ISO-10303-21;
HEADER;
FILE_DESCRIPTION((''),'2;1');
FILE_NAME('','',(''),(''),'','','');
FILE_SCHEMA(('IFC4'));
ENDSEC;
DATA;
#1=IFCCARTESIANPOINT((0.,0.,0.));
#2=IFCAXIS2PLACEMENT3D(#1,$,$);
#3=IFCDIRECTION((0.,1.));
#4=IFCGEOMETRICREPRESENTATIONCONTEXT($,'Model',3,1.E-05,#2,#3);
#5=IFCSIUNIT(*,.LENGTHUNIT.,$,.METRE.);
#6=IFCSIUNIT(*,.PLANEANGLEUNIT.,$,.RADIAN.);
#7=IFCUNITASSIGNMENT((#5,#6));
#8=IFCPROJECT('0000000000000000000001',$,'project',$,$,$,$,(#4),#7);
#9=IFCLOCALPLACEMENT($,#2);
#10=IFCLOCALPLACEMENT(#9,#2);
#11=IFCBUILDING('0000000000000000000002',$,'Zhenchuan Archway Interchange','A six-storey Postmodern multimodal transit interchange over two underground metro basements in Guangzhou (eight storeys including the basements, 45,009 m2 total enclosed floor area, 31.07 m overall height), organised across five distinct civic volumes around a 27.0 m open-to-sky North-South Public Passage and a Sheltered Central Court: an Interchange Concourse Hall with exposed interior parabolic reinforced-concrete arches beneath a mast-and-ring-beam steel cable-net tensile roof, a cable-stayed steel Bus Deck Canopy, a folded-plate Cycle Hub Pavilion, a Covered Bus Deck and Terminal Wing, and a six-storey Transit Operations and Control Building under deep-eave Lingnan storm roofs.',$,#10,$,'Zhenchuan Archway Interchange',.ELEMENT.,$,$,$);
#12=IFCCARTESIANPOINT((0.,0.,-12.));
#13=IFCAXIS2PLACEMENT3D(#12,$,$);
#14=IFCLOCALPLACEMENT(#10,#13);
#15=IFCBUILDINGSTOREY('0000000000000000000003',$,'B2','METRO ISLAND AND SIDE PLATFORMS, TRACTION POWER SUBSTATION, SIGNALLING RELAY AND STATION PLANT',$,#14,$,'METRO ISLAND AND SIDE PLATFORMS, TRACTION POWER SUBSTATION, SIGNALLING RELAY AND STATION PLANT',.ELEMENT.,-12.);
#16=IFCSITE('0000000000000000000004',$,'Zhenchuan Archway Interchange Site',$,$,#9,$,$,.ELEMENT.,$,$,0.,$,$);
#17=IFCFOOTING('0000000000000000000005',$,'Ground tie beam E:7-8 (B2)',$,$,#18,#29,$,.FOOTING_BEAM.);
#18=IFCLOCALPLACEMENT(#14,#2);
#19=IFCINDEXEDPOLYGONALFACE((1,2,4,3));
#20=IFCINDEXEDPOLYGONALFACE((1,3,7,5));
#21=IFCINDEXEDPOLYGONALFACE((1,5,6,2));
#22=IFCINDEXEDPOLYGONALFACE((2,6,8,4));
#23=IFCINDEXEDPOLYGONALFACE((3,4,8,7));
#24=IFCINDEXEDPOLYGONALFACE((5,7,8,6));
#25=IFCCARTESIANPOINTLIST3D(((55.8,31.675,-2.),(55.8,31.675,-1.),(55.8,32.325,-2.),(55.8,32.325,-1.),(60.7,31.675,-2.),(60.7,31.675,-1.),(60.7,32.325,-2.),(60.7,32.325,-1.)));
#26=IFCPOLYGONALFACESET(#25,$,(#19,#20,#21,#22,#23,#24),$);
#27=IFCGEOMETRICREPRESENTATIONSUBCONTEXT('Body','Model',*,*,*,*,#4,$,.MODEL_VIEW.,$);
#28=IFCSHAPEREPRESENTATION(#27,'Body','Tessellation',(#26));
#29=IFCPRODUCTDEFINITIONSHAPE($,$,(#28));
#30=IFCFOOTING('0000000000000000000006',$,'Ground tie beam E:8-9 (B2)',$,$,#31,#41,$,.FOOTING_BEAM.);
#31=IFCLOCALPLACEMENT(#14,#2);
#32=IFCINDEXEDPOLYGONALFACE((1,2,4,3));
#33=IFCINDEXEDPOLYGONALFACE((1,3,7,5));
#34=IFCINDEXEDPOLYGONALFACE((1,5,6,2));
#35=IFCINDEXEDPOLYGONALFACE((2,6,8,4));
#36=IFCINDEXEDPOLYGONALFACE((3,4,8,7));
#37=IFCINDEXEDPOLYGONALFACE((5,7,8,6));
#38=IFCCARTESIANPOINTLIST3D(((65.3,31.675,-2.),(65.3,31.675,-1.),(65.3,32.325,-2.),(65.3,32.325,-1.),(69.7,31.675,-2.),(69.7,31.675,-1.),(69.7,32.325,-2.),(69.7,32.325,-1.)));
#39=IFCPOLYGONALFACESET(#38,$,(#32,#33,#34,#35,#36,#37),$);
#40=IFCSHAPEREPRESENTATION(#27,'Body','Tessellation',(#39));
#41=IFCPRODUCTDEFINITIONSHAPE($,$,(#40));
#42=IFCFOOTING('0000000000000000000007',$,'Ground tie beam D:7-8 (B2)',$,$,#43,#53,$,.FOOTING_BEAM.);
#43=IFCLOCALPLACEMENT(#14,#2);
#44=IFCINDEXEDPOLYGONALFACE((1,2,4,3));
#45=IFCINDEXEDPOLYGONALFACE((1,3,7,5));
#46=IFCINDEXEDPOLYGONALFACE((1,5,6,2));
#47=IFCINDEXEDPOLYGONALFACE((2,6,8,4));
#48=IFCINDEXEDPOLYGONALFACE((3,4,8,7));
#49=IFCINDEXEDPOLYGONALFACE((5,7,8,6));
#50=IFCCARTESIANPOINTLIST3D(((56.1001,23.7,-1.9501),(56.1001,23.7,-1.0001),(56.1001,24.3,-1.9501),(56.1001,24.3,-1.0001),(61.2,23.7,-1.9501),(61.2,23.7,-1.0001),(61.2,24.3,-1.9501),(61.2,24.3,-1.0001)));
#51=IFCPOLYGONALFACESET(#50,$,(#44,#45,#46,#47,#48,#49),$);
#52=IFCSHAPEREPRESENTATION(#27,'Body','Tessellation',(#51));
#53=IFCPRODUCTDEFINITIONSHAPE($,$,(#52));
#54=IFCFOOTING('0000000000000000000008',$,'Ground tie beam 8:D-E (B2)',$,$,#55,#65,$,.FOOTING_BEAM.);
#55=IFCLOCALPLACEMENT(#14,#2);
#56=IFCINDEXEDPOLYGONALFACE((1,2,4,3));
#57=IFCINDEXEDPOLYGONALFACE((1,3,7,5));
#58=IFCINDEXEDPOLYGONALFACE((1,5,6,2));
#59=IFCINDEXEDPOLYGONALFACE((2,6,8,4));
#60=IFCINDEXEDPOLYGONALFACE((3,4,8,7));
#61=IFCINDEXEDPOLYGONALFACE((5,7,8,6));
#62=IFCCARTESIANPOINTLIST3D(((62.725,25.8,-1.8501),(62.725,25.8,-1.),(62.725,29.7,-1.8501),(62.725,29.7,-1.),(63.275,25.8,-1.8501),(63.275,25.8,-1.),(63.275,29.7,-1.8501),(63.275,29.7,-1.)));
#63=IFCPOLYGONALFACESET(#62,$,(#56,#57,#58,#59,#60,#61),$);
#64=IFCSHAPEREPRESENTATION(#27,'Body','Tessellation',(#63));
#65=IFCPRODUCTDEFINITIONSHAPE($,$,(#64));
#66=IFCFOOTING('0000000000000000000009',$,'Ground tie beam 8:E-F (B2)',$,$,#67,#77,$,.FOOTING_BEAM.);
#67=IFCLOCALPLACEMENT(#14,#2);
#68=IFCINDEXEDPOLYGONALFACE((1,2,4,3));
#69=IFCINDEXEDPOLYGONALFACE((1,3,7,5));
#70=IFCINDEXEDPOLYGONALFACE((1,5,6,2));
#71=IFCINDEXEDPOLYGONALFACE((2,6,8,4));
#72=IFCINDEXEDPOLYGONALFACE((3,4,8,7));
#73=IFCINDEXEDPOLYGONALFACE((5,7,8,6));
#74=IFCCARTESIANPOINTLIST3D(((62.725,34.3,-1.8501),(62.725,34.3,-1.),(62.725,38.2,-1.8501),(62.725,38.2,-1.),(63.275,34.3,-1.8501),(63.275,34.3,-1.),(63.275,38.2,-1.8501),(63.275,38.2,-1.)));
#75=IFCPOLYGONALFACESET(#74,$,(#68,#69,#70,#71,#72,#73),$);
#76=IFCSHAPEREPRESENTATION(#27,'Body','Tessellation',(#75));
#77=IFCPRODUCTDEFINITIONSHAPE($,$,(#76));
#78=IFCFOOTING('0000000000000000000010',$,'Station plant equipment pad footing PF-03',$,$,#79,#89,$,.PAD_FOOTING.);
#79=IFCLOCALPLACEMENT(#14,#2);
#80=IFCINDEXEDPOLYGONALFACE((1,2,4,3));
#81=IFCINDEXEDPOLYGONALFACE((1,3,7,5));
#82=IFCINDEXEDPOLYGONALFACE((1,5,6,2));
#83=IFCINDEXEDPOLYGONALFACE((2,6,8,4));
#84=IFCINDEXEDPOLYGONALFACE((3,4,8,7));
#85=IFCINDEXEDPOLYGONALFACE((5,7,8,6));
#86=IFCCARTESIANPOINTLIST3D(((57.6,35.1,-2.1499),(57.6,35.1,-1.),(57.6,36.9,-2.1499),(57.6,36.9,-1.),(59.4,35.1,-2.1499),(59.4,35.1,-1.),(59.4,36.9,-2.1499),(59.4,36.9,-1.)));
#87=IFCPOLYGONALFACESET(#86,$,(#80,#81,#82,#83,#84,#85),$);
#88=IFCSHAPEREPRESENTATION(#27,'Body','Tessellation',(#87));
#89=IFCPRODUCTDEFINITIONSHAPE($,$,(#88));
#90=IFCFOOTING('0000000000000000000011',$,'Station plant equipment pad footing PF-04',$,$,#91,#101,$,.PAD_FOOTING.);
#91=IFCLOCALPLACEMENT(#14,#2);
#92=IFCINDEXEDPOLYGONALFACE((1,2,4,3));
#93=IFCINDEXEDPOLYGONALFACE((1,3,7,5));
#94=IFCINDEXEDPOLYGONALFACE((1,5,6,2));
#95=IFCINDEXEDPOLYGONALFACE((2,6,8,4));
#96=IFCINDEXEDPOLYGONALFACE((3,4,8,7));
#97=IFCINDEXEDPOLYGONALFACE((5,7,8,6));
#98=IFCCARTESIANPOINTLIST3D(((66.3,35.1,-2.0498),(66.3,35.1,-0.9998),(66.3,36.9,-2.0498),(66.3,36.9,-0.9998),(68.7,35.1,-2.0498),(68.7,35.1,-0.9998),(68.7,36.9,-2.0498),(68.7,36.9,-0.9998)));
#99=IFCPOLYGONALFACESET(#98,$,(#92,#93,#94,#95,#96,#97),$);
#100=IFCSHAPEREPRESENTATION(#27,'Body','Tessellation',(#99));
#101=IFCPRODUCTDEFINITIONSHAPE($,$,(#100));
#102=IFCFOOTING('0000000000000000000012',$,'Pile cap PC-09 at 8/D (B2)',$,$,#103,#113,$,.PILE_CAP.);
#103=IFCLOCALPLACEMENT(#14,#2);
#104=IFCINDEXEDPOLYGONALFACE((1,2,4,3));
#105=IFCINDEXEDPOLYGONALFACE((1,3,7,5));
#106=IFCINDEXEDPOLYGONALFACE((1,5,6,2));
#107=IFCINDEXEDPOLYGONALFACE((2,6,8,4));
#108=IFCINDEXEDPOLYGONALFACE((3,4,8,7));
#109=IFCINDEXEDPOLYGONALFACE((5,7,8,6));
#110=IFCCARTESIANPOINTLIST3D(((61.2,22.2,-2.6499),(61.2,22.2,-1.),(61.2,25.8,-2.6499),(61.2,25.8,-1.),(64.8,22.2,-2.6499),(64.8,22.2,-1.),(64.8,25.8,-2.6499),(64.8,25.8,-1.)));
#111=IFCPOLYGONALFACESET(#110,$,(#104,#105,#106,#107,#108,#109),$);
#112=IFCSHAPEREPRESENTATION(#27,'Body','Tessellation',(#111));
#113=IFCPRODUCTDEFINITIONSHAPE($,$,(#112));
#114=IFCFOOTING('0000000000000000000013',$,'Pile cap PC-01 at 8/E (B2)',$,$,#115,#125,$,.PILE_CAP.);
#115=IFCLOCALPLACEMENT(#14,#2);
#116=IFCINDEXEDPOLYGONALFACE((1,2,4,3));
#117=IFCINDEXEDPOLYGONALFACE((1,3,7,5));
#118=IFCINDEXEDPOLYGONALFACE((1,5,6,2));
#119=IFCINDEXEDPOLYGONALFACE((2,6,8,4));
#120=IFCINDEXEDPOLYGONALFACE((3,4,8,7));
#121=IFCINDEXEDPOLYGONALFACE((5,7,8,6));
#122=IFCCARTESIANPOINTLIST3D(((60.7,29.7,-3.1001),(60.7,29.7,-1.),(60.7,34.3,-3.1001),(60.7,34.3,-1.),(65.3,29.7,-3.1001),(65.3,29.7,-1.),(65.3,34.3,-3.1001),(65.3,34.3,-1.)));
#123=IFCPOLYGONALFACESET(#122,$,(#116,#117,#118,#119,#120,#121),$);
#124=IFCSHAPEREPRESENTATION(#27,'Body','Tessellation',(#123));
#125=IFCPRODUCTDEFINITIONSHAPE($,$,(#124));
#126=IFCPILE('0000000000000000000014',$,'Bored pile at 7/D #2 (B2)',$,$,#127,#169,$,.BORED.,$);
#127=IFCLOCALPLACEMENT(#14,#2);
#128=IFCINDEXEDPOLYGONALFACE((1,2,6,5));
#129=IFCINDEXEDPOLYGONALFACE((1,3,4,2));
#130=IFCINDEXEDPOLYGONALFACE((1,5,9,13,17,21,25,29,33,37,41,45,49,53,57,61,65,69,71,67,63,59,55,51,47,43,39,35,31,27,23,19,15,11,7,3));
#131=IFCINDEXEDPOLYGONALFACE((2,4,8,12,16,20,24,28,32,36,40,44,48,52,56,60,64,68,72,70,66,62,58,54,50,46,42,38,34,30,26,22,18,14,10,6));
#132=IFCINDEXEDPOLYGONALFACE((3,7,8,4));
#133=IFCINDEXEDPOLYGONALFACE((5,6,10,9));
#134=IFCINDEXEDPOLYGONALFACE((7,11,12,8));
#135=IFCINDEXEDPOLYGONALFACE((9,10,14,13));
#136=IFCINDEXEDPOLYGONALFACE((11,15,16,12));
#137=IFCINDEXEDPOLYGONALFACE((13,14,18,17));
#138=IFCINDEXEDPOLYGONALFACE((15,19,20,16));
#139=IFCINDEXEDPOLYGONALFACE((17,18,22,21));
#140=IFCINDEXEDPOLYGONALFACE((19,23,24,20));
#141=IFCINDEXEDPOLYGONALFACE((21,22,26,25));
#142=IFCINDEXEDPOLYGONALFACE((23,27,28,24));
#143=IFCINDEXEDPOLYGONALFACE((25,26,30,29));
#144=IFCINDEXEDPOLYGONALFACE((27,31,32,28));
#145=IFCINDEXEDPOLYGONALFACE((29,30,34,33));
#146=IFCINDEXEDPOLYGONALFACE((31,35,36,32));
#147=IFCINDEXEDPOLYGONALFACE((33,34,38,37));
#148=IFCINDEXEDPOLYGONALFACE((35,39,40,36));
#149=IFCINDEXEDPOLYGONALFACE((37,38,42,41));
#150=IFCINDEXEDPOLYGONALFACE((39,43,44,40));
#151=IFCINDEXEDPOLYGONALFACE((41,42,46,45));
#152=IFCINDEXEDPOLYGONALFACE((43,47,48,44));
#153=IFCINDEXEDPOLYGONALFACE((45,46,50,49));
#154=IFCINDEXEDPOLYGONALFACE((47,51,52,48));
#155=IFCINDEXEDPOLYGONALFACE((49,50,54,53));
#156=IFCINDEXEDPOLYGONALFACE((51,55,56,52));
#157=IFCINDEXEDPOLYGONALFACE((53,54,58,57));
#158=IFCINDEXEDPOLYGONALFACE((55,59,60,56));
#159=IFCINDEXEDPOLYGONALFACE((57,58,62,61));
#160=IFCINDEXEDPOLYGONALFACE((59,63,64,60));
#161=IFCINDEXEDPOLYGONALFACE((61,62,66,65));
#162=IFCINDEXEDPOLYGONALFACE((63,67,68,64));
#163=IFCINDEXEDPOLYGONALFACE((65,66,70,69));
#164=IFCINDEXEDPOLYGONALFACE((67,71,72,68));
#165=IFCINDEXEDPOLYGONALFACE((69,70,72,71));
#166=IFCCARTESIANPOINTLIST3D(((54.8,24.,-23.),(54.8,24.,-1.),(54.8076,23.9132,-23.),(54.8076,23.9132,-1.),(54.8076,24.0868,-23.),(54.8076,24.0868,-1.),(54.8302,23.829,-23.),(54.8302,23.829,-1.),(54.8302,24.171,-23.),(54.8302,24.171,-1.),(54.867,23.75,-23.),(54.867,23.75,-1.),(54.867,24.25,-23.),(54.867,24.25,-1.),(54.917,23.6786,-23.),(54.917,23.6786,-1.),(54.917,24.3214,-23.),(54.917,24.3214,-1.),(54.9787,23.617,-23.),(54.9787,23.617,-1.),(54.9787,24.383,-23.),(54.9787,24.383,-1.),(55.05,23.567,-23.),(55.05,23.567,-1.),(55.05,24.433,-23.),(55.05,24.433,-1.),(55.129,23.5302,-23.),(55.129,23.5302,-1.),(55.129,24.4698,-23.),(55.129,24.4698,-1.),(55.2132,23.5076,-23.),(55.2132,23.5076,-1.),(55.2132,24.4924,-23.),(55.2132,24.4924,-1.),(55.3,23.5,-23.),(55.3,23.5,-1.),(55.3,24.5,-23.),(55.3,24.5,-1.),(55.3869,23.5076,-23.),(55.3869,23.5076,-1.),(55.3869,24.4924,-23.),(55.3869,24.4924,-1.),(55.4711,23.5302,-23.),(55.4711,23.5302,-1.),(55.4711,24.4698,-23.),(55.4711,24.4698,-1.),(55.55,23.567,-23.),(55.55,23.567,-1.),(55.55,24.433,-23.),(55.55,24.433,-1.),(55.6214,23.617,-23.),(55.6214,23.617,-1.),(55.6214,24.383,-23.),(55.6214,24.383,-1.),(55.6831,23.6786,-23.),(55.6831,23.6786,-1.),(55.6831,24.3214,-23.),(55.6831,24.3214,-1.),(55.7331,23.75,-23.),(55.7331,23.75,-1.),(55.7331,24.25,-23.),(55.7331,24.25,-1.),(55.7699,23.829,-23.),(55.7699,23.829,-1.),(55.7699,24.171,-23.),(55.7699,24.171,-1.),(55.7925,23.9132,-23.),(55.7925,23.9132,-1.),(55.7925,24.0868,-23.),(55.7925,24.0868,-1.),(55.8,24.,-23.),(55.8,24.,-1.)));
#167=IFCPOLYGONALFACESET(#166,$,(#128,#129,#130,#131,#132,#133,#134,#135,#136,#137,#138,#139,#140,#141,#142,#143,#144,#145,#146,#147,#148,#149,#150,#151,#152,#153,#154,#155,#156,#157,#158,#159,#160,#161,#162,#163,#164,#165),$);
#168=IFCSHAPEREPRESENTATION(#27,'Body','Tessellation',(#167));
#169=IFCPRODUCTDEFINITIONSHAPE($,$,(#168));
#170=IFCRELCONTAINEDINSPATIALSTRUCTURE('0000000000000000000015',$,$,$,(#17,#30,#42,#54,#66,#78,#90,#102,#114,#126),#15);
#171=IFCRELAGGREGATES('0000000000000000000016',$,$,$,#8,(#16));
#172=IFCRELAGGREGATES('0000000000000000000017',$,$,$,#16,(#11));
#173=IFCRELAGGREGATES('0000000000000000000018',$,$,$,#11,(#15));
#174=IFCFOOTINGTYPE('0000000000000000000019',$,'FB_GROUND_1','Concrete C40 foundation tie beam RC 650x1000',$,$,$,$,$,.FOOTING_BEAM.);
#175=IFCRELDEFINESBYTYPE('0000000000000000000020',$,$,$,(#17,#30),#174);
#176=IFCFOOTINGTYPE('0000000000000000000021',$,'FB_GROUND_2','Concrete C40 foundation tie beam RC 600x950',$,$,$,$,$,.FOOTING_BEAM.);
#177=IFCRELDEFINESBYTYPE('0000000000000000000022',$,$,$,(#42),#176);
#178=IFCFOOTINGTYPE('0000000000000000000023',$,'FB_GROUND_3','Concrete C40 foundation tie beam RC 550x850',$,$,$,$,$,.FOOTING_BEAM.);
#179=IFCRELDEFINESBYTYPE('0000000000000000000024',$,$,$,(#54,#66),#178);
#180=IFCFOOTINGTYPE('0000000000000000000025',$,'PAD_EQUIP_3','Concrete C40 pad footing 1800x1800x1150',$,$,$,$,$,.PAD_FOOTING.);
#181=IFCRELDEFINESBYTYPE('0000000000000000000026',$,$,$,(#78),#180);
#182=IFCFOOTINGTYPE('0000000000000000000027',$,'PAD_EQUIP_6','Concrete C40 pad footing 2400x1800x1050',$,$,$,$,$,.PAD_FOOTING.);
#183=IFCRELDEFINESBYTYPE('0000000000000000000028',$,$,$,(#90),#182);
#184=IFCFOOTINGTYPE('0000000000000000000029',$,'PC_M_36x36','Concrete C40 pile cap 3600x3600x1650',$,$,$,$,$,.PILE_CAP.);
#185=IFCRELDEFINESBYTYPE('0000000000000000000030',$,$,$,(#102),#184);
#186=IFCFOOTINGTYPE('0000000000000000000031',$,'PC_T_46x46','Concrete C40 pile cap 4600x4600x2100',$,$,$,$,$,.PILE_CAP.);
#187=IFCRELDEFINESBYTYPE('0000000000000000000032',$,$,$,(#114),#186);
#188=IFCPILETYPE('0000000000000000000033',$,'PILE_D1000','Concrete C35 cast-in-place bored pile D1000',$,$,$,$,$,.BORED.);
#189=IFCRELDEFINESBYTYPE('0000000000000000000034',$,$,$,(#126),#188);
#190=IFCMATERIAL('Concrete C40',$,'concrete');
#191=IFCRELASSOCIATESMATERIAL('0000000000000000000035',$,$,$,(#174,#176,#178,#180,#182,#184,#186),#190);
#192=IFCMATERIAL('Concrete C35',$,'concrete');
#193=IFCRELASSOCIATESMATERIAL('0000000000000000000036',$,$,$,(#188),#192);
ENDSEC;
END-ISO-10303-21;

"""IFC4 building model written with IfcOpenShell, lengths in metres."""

from ifc_helpers import new_model, si_unit, direction, frame, origin, origin_2d, place, context, subcontext, project, spatial, rectangle, circle, extrude, material, material_profile, profile_set, type_object, element, save


model = new_model("IFC4")

# Units and contexts
model_context = context("Model", 3, precision=1e-05, world=origin(), true_north=direction((0.0, 1.0)))
body_context = subcontext(model_context, "Body", "Model", "MODEL_VIEW")
ifc_project = project(units=[si_unit("LENGTHUNIT", "METRE"), si_unit("PLANEANGLEUNIT", "RADIAN")], contexts=[model_context])

# Site, building, storey
site_placement = place(None, origin())
site = spatial("IfcSite", under=ifc_project, at=site_placement, Name="Zhenchuan Archway Interchange Site", CompositionType="ELEMENT", RefElevation=0.0)
building_placement = place(site_placement, origin())
building = spatial("IfcBuilding", under=site, at=building_placement, Name="Zhenchuan Archway Interchange", Description="A six-storey Postmodern multimodal transit interchange over two underground metro basements in Guangzhou (eight storeys including the basements, 45,009 m2 total enclosed floor area, 31.07 m overall height), organised across five distinct civic volumes around a 27.0 m open-to-sky North-South Public Passage and a Sheltered Central Court: an Interchange Concourse Hall with exposed interior parabolic reinforced-concrete arches beneath a mast-and-ring-beam steel cable-net tensile roof, a cable-stayed steel Bus Deck Canopy, a folded-plate Cycle Hub Pavilion, a Covered Bus Deck and Terminal Wing, and a six-storey Transit Operations and Control Building under deep-eave Lingnan storm roofs.", LongName="Zhenchuan Archway Interchange", CompositionType="ELEMENT")
storey_placement = place(building_placement, frame((0.0, 0.0, -12.0)))
storey = spatial("IfcBuildingStorey", under=building, at=storey_placement, Name="B2", Description="METRO ISLAND AND SIDE PLATFORMS, TRACTION POWER SUBSTATION, SIGNALLING RELAY AND STATION PLANT", LongName="METRO ISLAND AND SIDE PLATFORMS, TRACTION POWER SUBSTATION, SIGNALLING RELAY AND STATION PLANT", CompositionType="ELEMENT", Elevation=-12.0)

# Footings
ifc_material_1 = material(Name="Concrete C40", Category="concrete")
ifc_material_profile_1 = material_profile(ifc_material_1, rectangle(XDim=0.6499, YDim=1.0, at=origin_2d()), Name="RC 650x1000")
ifc_profile_set_1 = profile_set([ifc_material_profile_1], Name="Concrete C40")
footing_type_1 = type_object("IfcFootingType", Name="FB_GROUND_1", Description="Concrete C40 foundation tie beam RC 650x1000", PredefinedType="FOOTING_BEAM", material=ifc_profile_set_1)
footing_1_placement = place(storey_placement, frame((55.8, 32.0, -1.5), z_axis=(1.0, 0.0, 0.0), x_axis=(0.0, 1.0, 0.0)))
element("IfcFooting", 1, at=footing_1_placement, inside=storey, type_object=footing_type_1, Name="Ground tie beam E:7-8 (B2)", PredefinedType="FOOTING_BEAM", context=body_context, shape_type="SweptSolid", body=[
    extrude(rectangle(XDim=0.6499, YDim=1.0, at=origin_2d()), origin(), (0.0, 0.0, 1.0), 4.8999),
])
footing_2_placement = place(storey_placement, frame((65.3, 32.0, -1.5), z_axis=(1.0, 0.0, 0.0), x_axis=(0.0, 1.0, 0.0)))
element("IfcFooting", 2, at=footing_2_placement, inside=storey, type_object=footing_type_1, Name="Ground tie beam E:8-9 (B2)", PredefinedType="FOOTING_BEAM", context=body_context, shape_type="SweptSolid", body=[
    extrude(rectangle(XDim=0.6499, YDim=1.0, at=origin_2d()), origin(), (0.0, 0.0, 1.0), 4.3999),
])
ifc_material_profile_2 = material_profile(ifc_material_1, rectangle(XDim=0.6001, YDim=0.95, at=origin_2d()), Name="RC 600x950")
ifc_profile_set_2 = profile_set([ifc_material_profile_2], Name="Concrete C40")
footing_type_2 = type_object("IfcFootingType", Name="FB_GROUND_2", Description="Concrete C40 foundation tie beam RC 600x950", PredefinedType="FOOTING_BEAM", material=ifc_profile_set_2)
footing_3_placement = place(storey_placement, frame((56.1001, 24.0, -1.4751), z_axis=(1.0, 0.0, 0.0), x_axis=(0.0, 1.0, 0.0)))
element("IfcFooting", 3, at=footing_3_placement, inside=storey, type_object=footing_type_2, Name="Ground tie beam D:7-8 (B2)", PredefinedType="FOOTING_BEAM", context=body_context, shape_type="SweptSolid", body=[
    extrude(rectangle(XDim=0.6001, YDim=0.95, at=origin_2d()), origin(), (0.0, 0.0, 1.0), 5.0999),
])
ifc_material_profile_3 = material_profile(ifc_material_1, rectangle(XDim=0.55, YDim=0.8501, at=origin_2d()), Name="RC 550x850")
ifc_profile_set_3 = profile_set([ifc_material_profile_3], Name="Concrete C40")
footing_type_3 = type_object("IfcFootingType", Name="FB_GROUND_3", Description="Concrete C40 foundation tie beam RC 550x850", PredefinedType="FOOTING_BEAM", material=ifc_profile_set_3)
for number, where, z_axis, x_axis, name in (
    (4, (63.0, 25.8, -1.425), (0.0, 1.0, 0.0), (-1.0, 0.0, 0.0), "Ground tie beam 8:D-E (B2)"),
    (5, (63.0, 34.3, -1.425), (0.0, 1.0, 0.0), (-1.0, 0.0, 0.0), "Ground tie beam 8:E-F (B2)"),
):
    element("IfcFooting", number, at=place(storey_placement, frame(where, z_axis=z_axis, x_axis=x_axis)), inside=storey, type_object=footing_type_3, Name=name, PredefinedType="FOOTING_BEAM", context=body_context, shape_type="SweptSolid", body=[
        extrude(rectangle(XDim=0.55, YDim=0.8501, at=origin_2d()), origin(), (0.0, 0.0, 1.0), 3.8999),
    ])
footing_type_4 = type_object("IfcFootingType", Name="PAD_EQUIP_3", Description="Concrete C40 pad footing 1800x1800x1150", PredefinedType="PAD_FOOTING", material=ifc_material_1)
footing_4_placement = place(storey_placement, frame((58.5, 36.0, -2.1499), z_axis=(0.0, 0.0, 1.0), x_axis=(1.0, 0.0, 0.0)))
element("IfcFooting", 6, at=footing_4_placement, inside=storey, type_object=footing_type_4, Name="Station plant equipment pad footing PF-03", PredefinedType="PAD_FOOTING", context=body_context, shape_type="SweptSolid", body=[
    extrude(rectangle(XDim=1.8, YDim=1.8, at=origin_2d()), origin(), (0.0, 0.0, 1.0), 1.1499),
])
footing_type_5 = type_object("IfcFootingType", Name="PAD_EQUIP_6", Description="Concrete C40 pad footing 2400x1800x1050", PredefinedType="PAD_FOOTING", material=ifc_material_1)
footing_5_placement = place(storey_placement, frame((67.5, 36.0, -2.0498), z_axis=(0.0, 0.0, 1.0), x_axis=(1.0, 0.0, 0.0)))
element("IfcFooting", 7, at=footing_5_placement, inside=storey, type_object=footing_type_5, Name="Station plant equipment pad footing PF-04", PredefinedType="PAD_FOOTING", context=body_context, shape_type="SweptSolid", body=[
    extrude(rectangle(XDim=2.3999, YDim=1.8, at=origin_2d()), origin(), (0.0, 0.0, 1.0), 1.05),
])
footing_type_6 = type_object("IfcFootingType", Name="PC_M_36x36", Description="Concrete C40 pile cap 3600x3600x1650", PredefinedType="PILE_CAP", material=ifc_material_1)
footing_6_placement = place(storey_placement, frame((63.0, 24.0, -2.6499), z_axis=(0.0, 0.0, 1.0), x_axis=(1.0, 0.0, 0.0)))
element("IfcFooting", 8, at=footing_6_placement, inside=storey, type_object=footing_type_6, Name="Pile cap PC-09 at 8/D (B2)", PredefinedType="PILE_CAP", context=body_context, shape_type="SweptSolid", body=[
    extrude(rectangle(XDim=3.6001, YDim=3.6001, at=origin_2d()), origin(), (0.0, 0.0, 1.0), 1.6499),
])
footing_type_7 = type_object("IfcFootingType", Name="PC_T_46x46", Description="Concrete C40 pile cap 4600x4600x2100", PredefinedType="PILE_CAP", material=ifc_material_1)
footing_7_placement = place(storey_placement, frame((63.0, 32.0, -3.1001), z_axis=(0.0, 0.0, 1.0), x_axis=(1.0, 0.0, 0.0)))
element("IfcFooting", 9, at=footing_7_placement, inside=storey, type_object=footing_type_7, Name="Pile cap PC-01 at 8/E (B2)", PredefinedType="PILE_CAP", context=body_context, shape_type="SweptSolid", body=[
    extrude(rectangle(XDim=4.6001, YDim=4.6001, at=origin_2d()), origin(), (0.0, 0.0, 1.0), 2.1001),
])

# Pile
ifc_material_2 = material(Name="Concrete C35", Category="concrete")
ifc_material_profile_4 = material_profile(ifc_material_2, circle(Radius=0.5, at=origin_2d()), Name="BORED PILE 1000")
ifc_profile_set_4 = profile_set([ifc_material_profile_4], Name="Concrete C35")
pile_type_1 = type_object("IfcPileType", Name="PILE_D1000", Description="Concrete C35 cast-in-place bored pile D1000", PredefinedType="BORED", material=ifc_profile_set_4)
for number, where, z_axis, x_axis, name in (
    (10, (55.3, 24.0, -1.0), (0.0, 0.0, -1.0), (1.0, 0.0, 0.0), "Bored pile at 7/D #2 (B2)"),
):
    element("IfcPile", number, at=place(storey_placement, frame(where, z_axis=z_axis, x_axis=x_axis)), inside=storey, type_object=pile_type_1, Name=name, PredefinedType="BORED", context=body_context, shape_type="SweptSolid", body=[
        extrude(circle(Radius=0.5, at=origin_2d()), origin(), (0.0, 0.0, 1.0), 22.0),
    ])

save(model, "model.ifc")
